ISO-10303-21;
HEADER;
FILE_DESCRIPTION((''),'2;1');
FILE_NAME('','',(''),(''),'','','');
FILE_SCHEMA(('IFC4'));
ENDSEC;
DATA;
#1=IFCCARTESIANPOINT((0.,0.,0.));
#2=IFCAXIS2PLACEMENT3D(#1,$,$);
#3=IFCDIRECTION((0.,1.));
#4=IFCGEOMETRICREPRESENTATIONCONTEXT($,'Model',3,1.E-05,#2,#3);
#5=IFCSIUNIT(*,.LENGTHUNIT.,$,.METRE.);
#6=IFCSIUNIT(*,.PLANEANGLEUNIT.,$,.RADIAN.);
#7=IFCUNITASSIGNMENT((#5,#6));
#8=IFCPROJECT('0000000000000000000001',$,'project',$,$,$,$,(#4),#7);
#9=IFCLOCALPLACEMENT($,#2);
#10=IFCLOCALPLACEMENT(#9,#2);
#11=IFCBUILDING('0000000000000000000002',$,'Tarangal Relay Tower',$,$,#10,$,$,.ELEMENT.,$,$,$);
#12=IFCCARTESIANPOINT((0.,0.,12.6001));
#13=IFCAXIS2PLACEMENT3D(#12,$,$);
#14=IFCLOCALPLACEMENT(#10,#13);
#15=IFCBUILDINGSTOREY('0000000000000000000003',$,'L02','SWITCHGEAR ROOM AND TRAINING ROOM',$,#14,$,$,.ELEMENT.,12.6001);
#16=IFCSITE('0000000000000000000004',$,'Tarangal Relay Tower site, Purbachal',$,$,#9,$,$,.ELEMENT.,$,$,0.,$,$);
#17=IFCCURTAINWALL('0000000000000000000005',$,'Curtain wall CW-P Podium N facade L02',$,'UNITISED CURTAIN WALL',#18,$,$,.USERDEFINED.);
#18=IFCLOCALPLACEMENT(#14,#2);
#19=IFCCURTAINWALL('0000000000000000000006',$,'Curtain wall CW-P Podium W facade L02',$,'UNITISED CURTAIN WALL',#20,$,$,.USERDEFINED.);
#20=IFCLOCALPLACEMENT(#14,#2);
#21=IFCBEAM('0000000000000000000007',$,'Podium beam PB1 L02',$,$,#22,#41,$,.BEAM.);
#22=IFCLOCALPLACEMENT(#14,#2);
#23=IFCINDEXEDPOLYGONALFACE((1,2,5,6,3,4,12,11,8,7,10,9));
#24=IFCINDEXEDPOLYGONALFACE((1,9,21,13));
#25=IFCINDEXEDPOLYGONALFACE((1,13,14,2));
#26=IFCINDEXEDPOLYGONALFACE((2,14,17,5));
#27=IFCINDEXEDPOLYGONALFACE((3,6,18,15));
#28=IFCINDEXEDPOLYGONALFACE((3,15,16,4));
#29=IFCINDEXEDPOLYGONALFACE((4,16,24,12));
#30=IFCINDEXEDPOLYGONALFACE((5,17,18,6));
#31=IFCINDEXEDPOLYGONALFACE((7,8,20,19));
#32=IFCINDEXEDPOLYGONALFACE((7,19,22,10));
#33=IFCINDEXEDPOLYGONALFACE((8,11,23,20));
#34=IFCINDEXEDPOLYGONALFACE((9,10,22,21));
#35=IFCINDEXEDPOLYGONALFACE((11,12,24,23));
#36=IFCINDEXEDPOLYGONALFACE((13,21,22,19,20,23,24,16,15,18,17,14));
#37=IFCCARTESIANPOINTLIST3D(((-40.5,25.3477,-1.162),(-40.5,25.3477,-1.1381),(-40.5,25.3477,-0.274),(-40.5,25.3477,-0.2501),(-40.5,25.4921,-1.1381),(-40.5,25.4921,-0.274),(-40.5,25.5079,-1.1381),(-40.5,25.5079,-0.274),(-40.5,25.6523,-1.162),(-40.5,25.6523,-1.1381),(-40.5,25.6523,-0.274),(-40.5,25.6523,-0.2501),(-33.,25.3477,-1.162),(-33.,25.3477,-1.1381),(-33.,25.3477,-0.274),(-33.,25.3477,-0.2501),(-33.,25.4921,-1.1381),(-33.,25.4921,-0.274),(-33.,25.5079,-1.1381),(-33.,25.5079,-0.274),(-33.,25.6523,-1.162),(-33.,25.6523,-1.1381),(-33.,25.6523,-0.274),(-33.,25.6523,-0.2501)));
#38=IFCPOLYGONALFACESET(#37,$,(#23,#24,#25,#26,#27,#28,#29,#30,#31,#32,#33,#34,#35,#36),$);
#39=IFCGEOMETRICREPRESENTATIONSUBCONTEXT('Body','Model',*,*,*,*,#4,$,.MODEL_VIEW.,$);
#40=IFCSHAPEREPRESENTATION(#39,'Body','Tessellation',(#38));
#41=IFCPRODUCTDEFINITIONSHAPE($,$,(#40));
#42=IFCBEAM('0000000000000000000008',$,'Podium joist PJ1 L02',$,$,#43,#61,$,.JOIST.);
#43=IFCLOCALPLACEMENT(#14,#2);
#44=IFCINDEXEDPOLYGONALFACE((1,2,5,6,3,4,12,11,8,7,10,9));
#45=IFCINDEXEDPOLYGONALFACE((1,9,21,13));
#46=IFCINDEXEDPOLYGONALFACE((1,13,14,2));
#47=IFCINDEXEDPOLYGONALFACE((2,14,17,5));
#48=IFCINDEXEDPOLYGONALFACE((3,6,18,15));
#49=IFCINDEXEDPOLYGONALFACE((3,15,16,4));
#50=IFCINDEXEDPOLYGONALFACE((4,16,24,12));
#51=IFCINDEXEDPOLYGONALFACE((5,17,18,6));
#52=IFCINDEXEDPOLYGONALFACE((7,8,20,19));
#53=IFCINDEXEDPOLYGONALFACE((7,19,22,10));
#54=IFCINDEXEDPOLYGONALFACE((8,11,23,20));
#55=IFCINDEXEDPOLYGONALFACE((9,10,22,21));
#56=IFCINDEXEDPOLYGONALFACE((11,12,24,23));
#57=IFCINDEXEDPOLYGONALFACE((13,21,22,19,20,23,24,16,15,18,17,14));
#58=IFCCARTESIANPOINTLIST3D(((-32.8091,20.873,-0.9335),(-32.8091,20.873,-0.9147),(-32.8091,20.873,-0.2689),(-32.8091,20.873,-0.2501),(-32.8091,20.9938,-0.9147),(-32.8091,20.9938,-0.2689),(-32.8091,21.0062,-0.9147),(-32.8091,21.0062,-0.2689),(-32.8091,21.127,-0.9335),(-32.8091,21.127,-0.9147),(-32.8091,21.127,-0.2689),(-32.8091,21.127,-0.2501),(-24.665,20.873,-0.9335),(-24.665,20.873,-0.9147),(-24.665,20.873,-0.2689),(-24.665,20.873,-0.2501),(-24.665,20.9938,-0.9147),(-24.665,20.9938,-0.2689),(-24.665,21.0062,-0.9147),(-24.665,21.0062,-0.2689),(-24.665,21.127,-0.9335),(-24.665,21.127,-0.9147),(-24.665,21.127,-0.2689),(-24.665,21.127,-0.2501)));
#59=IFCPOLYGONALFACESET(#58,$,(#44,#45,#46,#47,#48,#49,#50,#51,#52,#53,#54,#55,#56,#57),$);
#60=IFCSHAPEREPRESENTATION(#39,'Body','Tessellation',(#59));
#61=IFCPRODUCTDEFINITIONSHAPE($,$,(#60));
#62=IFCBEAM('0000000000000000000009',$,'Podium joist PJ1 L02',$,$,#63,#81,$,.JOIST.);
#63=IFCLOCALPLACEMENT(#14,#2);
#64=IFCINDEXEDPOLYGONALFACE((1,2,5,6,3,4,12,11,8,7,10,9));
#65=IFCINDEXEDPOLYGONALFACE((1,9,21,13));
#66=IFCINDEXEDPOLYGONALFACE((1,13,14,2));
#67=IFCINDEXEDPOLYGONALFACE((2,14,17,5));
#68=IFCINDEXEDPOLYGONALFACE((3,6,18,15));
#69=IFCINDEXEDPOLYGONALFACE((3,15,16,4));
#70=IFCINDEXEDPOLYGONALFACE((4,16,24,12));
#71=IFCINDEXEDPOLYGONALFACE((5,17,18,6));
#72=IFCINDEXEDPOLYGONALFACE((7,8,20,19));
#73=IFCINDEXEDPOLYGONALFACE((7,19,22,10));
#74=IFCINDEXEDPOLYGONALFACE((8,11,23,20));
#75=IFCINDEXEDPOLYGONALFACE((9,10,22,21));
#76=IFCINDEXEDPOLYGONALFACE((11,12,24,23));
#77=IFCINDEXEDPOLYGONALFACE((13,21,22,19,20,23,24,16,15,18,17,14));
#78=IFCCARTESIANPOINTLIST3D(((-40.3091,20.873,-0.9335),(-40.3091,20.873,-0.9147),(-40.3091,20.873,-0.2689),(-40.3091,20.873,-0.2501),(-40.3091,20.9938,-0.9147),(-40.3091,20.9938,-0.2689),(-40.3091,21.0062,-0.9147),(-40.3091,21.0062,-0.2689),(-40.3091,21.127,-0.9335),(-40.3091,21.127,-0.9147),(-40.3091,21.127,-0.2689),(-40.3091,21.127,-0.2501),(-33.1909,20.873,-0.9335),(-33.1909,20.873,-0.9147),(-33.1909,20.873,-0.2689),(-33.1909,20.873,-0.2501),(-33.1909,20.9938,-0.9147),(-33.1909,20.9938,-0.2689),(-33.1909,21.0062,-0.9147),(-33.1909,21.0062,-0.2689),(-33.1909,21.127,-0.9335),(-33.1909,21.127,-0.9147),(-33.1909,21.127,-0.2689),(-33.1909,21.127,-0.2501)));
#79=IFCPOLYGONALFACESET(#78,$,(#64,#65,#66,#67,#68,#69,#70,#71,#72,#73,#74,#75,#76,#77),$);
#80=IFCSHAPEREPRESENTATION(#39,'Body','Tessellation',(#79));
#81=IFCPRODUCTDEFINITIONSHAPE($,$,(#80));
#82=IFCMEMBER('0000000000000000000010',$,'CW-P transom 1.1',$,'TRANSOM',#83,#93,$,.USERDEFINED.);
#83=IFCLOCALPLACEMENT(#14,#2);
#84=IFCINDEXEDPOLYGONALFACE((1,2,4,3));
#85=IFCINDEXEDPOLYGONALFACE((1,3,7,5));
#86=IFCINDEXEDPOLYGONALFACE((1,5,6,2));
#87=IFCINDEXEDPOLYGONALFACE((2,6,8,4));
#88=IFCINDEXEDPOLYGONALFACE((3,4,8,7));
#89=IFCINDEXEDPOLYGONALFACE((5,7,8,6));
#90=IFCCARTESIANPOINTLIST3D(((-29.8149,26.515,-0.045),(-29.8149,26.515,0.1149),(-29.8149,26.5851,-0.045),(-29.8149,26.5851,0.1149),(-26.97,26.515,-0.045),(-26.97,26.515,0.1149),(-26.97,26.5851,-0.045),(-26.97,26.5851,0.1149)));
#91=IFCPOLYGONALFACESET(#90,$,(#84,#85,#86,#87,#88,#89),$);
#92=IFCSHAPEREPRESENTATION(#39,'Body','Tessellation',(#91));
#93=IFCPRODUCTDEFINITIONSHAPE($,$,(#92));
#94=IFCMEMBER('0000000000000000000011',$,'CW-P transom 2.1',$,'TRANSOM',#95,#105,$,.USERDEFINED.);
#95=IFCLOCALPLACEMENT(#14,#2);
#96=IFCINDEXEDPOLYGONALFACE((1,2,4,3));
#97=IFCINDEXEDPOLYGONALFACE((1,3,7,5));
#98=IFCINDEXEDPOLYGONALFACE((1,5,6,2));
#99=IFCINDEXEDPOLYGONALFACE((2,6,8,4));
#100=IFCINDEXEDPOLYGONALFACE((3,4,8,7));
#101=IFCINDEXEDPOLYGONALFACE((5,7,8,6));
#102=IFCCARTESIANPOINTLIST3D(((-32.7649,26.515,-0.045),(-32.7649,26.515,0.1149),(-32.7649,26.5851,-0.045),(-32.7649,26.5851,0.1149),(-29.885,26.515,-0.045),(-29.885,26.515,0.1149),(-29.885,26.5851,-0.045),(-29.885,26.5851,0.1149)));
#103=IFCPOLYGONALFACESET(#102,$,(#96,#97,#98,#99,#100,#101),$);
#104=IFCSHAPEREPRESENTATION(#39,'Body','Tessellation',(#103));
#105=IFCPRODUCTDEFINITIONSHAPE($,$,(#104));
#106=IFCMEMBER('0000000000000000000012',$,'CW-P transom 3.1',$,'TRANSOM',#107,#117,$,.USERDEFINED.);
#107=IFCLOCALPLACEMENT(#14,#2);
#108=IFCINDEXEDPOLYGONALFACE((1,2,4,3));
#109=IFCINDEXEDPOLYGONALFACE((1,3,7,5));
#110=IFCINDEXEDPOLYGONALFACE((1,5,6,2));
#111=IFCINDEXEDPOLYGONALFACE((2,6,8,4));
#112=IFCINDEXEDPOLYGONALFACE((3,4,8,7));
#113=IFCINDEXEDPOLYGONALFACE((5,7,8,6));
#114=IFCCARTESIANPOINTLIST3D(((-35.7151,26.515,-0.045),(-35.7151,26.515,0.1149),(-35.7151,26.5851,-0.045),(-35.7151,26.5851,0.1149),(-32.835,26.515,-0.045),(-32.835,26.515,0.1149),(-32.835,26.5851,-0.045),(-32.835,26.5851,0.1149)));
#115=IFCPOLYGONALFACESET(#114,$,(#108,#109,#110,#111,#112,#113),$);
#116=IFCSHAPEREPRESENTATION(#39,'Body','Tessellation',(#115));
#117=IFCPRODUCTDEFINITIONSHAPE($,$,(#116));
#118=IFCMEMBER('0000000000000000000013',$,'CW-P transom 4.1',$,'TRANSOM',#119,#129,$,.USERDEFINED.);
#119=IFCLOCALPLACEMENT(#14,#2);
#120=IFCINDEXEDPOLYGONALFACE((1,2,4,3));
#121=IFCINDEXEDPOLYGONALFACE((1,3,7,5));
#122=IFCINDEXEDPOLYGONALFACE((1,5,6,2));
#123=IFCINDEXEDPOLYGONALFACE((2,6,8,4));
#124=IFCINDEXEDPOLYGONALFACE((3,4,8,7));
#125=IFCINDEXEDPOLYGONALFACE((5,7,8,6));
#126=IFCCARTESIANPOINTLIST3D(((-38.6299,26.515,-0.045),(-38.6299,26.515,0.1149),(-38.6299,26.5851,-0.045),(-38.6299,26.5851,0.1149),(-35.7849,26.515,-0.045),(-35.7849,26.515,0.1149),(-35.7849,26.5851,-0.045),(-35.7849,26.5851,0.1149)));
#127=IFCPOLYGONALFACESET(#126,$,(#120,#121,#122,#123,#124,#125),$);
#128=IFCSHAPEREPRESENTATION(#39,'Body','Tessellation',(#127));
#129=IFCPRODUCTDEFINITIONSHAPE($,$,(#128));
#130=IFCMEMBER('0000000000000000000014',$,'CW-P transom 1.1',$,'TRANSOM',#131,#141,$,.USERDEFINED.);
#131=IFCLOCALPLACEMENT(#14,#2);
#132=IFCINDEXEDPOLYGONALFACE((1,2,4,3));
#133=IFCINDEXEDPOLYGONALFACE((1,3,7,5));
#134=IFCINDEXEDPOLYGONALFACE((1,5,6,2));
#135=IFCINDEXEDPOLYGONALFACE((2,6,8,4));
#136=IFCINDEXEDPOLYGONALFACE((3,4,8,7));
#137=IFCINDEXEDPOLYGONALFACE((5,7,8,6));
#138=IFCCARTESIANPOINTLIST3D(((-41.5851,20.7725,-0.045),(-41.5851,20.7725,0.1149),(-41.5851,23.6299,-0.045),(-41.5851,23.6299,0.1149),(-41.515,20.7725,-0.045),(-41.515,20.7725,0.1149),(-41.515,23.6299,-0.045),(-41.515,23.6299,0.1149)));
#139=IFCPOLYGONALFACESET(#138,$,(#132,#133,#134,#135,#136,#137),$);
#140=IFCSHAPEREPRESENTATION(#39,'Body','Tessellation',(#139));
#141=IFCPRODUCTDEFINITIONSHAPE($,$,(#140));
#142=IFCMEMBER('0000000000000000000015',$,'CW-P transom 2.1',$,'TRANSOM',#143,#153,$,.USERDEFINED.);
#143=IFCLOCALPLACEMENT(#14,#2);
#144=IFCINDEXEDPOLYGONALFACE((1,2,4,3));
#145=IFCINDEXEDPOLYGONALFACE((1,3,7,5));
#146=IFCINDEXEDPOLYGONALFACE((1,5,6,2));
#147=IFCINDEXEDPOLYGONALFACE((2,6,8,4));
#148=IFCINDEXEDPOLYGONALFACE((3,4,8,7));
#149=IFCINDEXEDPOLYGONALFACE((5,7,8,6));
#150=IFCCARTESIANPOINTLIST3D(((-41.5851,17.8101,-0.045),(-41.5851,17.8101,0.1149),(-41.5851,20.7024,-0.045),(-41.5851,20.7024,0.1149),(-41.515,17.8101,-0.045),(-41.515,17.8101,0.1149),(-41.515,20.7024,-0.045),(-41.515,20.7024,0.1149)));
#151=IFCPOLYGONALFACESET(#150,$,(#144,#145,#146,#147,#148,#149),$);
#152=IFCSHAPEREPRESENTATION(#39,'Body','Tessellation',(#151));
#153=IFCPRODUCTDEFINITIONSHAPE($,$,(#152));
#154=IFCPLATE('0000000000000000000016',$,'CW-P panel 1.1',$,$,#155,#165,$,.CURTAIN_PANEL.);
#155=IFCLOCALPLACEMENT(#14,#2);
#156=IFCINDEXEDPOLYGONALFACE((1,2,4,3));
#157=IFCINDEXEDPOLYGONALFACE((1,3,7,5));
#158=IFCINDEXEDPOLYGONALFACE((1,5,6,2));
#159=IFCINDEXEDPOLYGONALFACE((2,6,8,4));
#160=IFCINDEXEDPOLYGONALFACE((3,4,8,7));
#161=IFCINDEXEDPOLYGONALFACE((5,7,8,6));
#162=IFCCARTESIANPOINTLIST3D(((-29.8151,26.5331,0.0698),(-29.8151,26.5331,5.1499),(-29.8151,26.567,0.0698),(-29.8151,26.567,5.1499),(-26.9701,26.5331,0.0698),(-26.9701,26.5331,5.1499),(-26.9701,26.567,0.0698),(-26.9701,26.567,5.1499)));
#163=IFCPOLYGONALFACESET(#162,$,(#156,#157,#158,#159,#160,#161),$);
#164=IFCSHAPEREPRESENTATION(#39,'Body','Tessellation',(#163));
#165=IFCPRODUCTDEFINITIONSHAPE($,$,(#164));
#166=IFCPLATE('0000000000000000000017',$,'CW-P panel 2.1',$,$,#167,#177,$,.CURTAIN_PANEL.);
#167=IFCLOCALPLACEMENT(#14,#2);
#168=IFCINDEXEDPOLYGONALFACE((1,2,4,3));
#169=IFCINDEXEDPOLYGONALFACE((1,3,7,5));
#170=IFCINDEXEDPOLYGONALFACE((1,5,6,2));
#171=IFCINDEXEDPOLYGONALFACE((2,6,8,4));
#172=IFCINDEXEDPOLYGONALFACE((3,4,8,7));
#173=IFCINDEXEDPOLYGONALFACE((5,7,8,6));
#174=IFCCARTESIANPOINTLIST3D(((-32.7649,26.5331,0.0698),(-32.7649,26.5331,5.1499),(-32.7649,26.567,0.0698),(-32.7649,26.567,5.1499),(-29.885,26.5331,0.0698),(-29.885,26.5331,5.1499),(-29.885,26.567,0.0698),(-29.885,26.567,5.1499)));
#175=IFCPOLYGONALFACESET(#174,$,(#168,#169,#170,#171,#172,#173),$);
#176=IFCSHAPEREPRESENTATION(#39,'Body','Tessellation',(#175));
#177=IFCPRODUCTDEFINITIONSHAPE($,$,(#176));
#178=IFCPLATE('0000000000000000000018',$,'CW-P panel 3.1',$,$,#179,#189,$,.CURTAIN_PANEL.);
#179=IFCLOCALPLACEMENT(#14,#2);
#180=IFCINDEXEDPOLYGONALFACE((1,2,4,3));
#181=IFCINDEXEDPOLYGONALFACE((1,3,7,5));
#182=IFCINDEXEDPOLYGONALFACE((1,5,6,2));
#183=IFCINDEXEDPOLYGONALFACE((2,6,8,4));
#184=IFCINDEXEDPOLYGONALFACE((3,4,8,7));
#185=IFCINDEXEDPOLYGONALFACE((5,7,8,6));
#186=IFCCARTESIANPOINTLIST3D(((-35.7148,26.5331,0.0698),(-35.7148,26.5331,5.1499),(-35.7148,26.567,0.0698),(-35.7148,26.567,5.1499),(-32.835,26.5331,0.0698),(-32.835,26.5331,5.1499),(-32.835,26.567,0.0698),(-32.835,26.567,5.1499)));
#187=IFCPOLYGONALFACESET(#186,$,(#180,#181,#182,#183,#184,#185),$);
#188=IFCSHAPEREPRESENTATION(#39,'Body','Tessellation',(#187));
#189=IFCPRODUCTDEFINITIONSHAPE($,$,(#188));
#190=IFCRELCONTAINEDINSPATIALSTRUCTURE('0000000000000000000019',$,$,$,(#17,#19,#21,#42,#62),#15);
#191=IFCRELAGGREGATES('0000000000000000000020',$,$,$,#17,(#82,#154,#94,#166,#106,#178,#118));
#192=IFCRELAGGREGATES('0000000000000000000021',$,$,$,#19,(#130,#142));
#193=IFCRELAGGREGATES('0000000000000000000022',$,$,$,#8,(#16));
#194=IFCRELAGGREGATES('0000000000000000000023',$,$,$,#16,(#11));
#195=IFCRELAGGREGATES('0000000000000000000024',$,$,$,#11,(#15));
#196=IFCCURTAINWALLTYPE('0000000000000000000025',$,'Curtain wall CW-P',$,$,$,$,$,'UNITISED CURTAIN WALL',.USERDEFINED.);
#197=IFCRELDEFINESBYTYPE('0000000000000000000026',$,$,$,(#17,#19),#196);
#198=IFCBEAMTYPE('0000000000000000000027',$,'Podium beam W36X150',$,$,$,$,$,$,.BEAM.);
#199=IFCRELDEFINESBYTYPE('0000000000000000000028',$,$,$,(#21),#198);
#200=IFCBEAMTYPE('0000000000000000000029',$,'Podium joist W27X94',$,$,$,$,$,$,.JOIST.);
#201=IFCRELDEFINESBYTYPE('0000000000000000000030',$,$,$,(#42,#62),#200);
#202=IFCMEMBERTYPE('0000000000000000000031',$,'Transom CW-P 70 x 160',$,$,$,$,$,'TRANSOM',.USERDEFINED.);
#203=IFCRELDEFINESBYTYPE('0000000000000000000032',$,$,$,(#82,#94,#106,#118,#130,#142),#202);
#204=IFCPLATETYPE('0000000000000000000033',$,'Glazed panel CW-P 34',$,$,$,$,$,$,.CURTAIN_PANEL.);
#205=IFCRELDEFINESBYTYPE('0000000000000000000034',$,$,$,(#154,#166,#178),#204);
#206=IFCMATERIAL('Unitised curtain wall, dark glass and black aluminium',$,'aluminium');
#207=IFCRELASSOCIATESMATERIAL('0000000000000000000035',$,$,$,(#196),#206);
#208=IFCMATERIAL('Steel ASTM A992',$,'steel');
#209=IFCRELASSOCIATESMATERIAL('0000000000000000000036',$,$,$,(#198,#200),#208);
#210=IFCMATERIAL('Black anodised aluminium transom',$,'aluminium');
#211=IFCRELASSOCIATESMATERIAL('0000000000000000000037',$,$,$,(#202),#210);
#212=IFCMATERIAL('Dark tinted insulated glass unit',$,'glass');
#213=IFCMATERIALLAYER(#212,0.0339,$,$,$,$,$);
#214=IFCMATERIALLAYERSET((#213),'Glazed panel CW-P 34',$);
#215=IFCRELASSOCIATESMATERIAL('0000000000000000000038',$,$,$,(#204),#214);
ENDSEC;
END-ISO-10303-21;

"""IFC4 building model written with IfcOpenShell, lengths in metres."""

from ifc_helpers import new_model, si_unit, direction, frame, origin, origin_2d, place, context, subcontext, project, spatial, rectangle, i_section, extrude, material, layer, layer_set, material_profile, profile_set, type_object, element, aggregate, save


model = new_model("IFC4")

# Units and contexts
model_context = context("Model", 3, precision=1e-05, world=origin(), true_north=direction((0.0, 1.0)))
body_context = subcontext(model_context, "Body", "Model", "MODEL_VIEW")
ifc_project = project(units=[si_unit("LENGTHUNIT", "METRE"), si_unit("PLANEANGLEUNIT", "RADIAN")], contexts=[model_context])

# Site, building, storey
site_placement = place(None, origin())
site = spatial("IfcSite", under=ifc_project, at=site_placement, Name="Tarangal Relay Tower site, Purbachal", CompositionType="ELEMENT", RefElevation=0.0)
building_placement = place(site_placement, origin())
building = spatial("IfcBuilding", under=site, at=building_placement, Name="Tarangal Relay Tower", CompositionType="ELEMENT")
storey_placement = place(building_placement, frame((0.0, 0.0, 12.6001)))
storey = spatial("IfcBuildingStorey", under=building, at=storey_placement, Name="L02", Description="SWITCHGEAR ROOM AND TRAINING ROOM", CompositionType="ELEMENT", Elevation=12.6001)

# Shared definitions
ifc_material_1 = material(Name="Steel ASTM A992", Category="steel")

# Curtain walls
ifc_material_2 = material(Name="Unitised curtain wall, dark glass and black aluminium", Category="aluminium")
curtain_wall_type = type_object("IfcCurtainWallType", Name="Curtain wall CW-P", ElementType="UNITISED CURTAIN WALL", PredefinedType="USERDEFINED", material=ifc_material_2)
curtain_wall_1_placement = place(storey_placement, origin())
curtain_wall_1 = element("IfcCurtainWall", 1, at=curtain_wall_1_placement, inside=storey, type_object=curtain_wall_type, Name="Curtain wall CW-P Podium N facade L02", ObjectType="UNITISED CURTAIN WALL", PredefinedType="USERDEFINED")
curtain_wall_2_placement = place(storey_placement, origin())
curtain_wall_2 = element("IfcCurtainWall", 2, at=curtain_wall_2_placement, inside=storey, type_object=curtain_wall_type, Name="Curtain wall CW-P Podium W facade L02", ObjectType="UNITISED CURTAIN WALL", PredefinedType="USERDEFINED")

# Beams
ifc_material_profile_1 = material_profile(ifc_material_1, i_section(OverallWidth=0.3047, OverallDepth=0.9119, WebThickness=0.0159, FlangeThickness=0.0239, at=origin_2d()), Name="W36X150")
ifc_profile_set_1 = profile_set([ifc_material_profile_1], Name="Steel ASTM A992")
beam_type_1 = type_object("IfcBeamType", Name="Podium beam W36X150", PredefinedType="BEAM", material=ifc_profile_set_1)
beam_1_placement = place(storey_placement, frame((-33.0, 25.5, -0.7061), z_axis=(-1.0, 0.0, 0.0), x_axis=(0.0, -1.0, 0.0)))
element("IfcBeam", 3, at=beam_1_placement, inside=storey, type_object=beam_type_1, Name="Podium beam PB1 L02", PredefinedType="BEAM", context=body_context, shape_type="SweptSolid", body=[
    extrude(i_section(OverallWidth=0.3047, OverallDepth=0.9119, WebThickness=0.0159, FlangeThickness=0.0239, at=origin_2d()), origin(), (0.0, 0.0, 1.0), 7.5),
])
ifc_material_profile_2 = material_profile(ifc_material_1, i_section(OverallWidth=0.2539, OverallDepth=0.6833, WebThickness=0.0125, FlangeThickness=0.0188, at=origin_2d()), Name="W27X94")
ifc_profile_set_2 = profile_set([ifc_material_profile_2], Name="Steel ASTM A992")
beam_type_2 = type_object("IfcBeamType", Name="Podium joist W27X94", PredefinedType="JOIST", material=ifc_profile_set_2)
beam_2_placement = place(storey_placement, frame((-24.665, 21.0, -0.5918), z_axis=(-1.0, 0.0, 0.0), x_axis=(0.0, -1.0, 0.0)))
element("IfcBeam", 4, at=beam_2_placement, inside=storey, type_object=beam_type_2, Name="Podium joist PJ1 L02", PredefinedType="JOIST", context=body_context, shape_type="SweptSolid", body=[
    extrude(i_section(OverallWidth=0.2539, OverallDepth=0.6833, WebThickness=0.0125, FlangeThickness=0.0188, at=origin_2d()), origin(), (0.0, 0.0, 1.0), 8.144),
])
beam_3_placement = place(storey_placement, frame((-33.1909, 21.0, -0.5918), z_axis=(-1.0, 0.0, 0.0), x_axis=(0.0, -1.0, 0.0)))
element("IfcBeam", 5, at=beam_3_placement, inside=storey, type_object=beam_type_2, Name="Podium joist PJ1 L02", PredefinedType="JOIST", context=body_context, shape_type="SweptSolid", body=[
    extrude(i_section(OverallWidth=0.2539, OverallDepth=0.6833, WebThickness=0.0125, FlangeThickness=0.0188, at=origin_2d()), origin(), (0.0, 0.0, 1.0), 7.1182),
])

# Members
ifc_material_3 = material(Name="Black anodised aluminium transom", Category="aluminium")
ifc_material_profile_3 = material_profile(ifc_material_3, rectangle(XDim=0.0701, YDim=0.1599, at=origin_2d()), Name="CW-PT 70X160")
ifc_profile_set_3 = profile_set([ifc_material_profile_3], Name="Black anodised aluminium transom")
member_type_1 = type_object("IfcMemberType", Name="Transom CW-P 70 x 160", ElementType="TRANSOM", PredefinedType="USERDEFINED", material=ifc_profile_set_3)
member_1_placement = place(storey_placement, frame((-26.97, 26.55, 0.0349), z_axis=(-1.0, 0.0, 0.0), x_axis=(0.0, -1.0, 0.0)))
member_1 = element("IfcMember", 6, at=member_1_placement, type_object=member_type_1, Name="CW-P transom 1.1", ObjectType="TRANSOM", PredefinedType="USERDEFINED", context=body_context, shape_type="SweptSolid", body=[
    extrude(rectangle(XDim=0.0701, YDim=0.1599, at=origin_2d()), origin(), (0.0, 0.0, 1.0), 2.845),
])
member_2_placement = place(storey_placement, frame((-29.885, 26.55, 0.0349), z_axis=(-1.0, 0.0, 0.0), x_axis=(0.0, -1.0, 0.0)))
member_2 = element("IfcMember", 7, at=member_2_placement, type_object=member_type_1, Name="CW-P transom 2.1", ObjectType="TRANSOM", PredefinedType="USERDEFINED", context=body_context, shape_type="SweptSolid", body=[
    extrude(rectangle(XDim=0.0701, YDim=0.1599, at=origin_2d()), origin(), (0.0, 0.0, 1.0), 2.8799),
])
member_3_placement = place(storey_placement, frame((-32.835, 26.55, 0.0349), z_axis=(-1.0, 0.0, 0.0), x_axis=(0.0, -1.0, 0.0)))
member_3 = element("IfcMember", 8, at=member_3_placement, type_object=member_type_1, Name="CW-P transom 3.1", ObjectType="TRANSOM", PredefinedType="USERDEFINED", context=body_context, shape_type="SweptSolid", body=[
    extrude(rectangle(XDim=0.0701, YDim=0.1599, at=origin_2d()), origin(), (0.0, 0.0, 1.0), 2.8801),
])
member_4_placement = place(storey_placement, frame((-35.7849, 26.55, 0.0349), z_axis=(-1.0, 0.0, 0.0), x_axis=(0.0, -1.0, 0.0)))
member_4 = element("IfcMember", 9, at=member_4_placement, type_object=member_type_1, Name="CW-P transom 4.1", ObjectType="TRANSOM", PredefinedType="USERDEFINED", context=body_context, shape_type="SweptSolid", body=[
    extrude(rectangle(XDim=0.0701, YDim=0.1599, at=origin_2d()), origin(), (0.0, 0.0, 1.0), 2.845),
])
member_5_placement = place(storey_placement, frame((-41.55, 23.6299, 0.0349), z_axis=(0.0, -1.0, 0.0), x_axis=(1.0, 0.0, 0.0)))
member_5 = element("IfcMember", 10, at=member_5_placement, type_object=member_type_1, Name="CW-P transom 1.1", ObjectType="TRANSOM", PredefinedType="USERDEFINED", context=body_context, shape_type="SweptSolid", body=[
    extrude(rectangle(XDim=0.0701, YDim=0.1599, at=origin_2d()), origin(), (0.0, 0.0, 1.0), 2.8574),
])
member_6_placement = place(storey_placement, frame((-41.55, 20.7024, 0.0349), z_axis=(0.0, -1.0, 0.0), x_axis=(1.0, 0.0, 0.0)))
member_6 = element("IfcMember", 11, at=member_6_placement, type_object=member_type_1, Name="CW-P transom 2.1", ObjectType="TRANSOM", PredefinedType="USERDEFINED", context=body_context, shape_type="SweptSolid", body=[
    extrude(rectangle(XDim=0.0701, YDim=0.1599, at=origin_2d()), origin(), (0.0, 0.0, 1.0), 2.8923),
])

# Plates
ifc_material_4 = material(Name="Dark tinted insulated glass unit", Category="glass")
ifc_layer_1 = layer(ifc_material_4, 0.0339)
ifc_layer_set_1 = layer_set([ifc_layer_1], Name="Glazed panel CW-P 34")
plate_type = type_object("IfcPlateType", Name="Glazed panel CW-P 34", PredefinedType="CURTAIN_PANEL", material=ifc_layer_set_1)
plate_1_placement = place(storey_placement, frame((-28.3926, 26.55, 0.0698), z_axis=(0.0, 0.0, 1.0), x_axis=(-1.0, 0.0, 0.0)))
plate_1 = element("IfcPlate", 12, at=plate_1_placement, type_object=plate_type, Name="CW-P panel 1.1", PredefinedType="CURTAIN_PANEL", context=body_context, shape_type="SweptSolid", body=[
    extrude(rectangle(XDim=2.845, YDim=0.0339, at=origin_2d()), origin(), (0.0, 0.0, 1.0), 5.0801),
])
plate_2_placement = place(storey_placement, frame((-31.325, 26.55, 0.0698), z_axis=(0.0, 0.0, 1.0), x_axis=(-1.0, 0.0, 0.0)))
plate_2 = element("IfcPlate", 13, at=plate_2_placement, type_object=plate_type, Name="CW-P panel 2.1", PredefinedType="CURTAIN_PANEL", context=body_context, shape_type="SweptSolid", body=[
    extrude(rectangle(XDim=2.8799, YDim=0.0339, at=origin_2d()), origin(), (0.0, 0.0, 1.0), 5.0801),
])
plate_3_placement = place(storey_placement, frame((-34.2749, 26.55, 0.0698), z_axis=(0.0, 0.0, 1.0), x_axis=(-1.0, 0.0, 0.0)))
plate_3 = element("IfcPlate", 14, at=plate_3_placement, type_object=plate_type, Name="CW-P panel 3.1", PredefinedType="CURTAIN_PANEL", context=body_context, shape_type="SweptSolid", body=[
    extrude(rectangle(XDim=2.8799, YDim=0.0339, at=origin_2d()), origin(), (0.0, 0.0, 1.0), 5.0801),
])
aggregate(curtain_wall_1, [member_1, plate_1, member_2, plate_2, member_3, plate_3, member_4])
aggregate(curtain_wall_2, [member_5, member_6])

save(model, "model.ifc")
